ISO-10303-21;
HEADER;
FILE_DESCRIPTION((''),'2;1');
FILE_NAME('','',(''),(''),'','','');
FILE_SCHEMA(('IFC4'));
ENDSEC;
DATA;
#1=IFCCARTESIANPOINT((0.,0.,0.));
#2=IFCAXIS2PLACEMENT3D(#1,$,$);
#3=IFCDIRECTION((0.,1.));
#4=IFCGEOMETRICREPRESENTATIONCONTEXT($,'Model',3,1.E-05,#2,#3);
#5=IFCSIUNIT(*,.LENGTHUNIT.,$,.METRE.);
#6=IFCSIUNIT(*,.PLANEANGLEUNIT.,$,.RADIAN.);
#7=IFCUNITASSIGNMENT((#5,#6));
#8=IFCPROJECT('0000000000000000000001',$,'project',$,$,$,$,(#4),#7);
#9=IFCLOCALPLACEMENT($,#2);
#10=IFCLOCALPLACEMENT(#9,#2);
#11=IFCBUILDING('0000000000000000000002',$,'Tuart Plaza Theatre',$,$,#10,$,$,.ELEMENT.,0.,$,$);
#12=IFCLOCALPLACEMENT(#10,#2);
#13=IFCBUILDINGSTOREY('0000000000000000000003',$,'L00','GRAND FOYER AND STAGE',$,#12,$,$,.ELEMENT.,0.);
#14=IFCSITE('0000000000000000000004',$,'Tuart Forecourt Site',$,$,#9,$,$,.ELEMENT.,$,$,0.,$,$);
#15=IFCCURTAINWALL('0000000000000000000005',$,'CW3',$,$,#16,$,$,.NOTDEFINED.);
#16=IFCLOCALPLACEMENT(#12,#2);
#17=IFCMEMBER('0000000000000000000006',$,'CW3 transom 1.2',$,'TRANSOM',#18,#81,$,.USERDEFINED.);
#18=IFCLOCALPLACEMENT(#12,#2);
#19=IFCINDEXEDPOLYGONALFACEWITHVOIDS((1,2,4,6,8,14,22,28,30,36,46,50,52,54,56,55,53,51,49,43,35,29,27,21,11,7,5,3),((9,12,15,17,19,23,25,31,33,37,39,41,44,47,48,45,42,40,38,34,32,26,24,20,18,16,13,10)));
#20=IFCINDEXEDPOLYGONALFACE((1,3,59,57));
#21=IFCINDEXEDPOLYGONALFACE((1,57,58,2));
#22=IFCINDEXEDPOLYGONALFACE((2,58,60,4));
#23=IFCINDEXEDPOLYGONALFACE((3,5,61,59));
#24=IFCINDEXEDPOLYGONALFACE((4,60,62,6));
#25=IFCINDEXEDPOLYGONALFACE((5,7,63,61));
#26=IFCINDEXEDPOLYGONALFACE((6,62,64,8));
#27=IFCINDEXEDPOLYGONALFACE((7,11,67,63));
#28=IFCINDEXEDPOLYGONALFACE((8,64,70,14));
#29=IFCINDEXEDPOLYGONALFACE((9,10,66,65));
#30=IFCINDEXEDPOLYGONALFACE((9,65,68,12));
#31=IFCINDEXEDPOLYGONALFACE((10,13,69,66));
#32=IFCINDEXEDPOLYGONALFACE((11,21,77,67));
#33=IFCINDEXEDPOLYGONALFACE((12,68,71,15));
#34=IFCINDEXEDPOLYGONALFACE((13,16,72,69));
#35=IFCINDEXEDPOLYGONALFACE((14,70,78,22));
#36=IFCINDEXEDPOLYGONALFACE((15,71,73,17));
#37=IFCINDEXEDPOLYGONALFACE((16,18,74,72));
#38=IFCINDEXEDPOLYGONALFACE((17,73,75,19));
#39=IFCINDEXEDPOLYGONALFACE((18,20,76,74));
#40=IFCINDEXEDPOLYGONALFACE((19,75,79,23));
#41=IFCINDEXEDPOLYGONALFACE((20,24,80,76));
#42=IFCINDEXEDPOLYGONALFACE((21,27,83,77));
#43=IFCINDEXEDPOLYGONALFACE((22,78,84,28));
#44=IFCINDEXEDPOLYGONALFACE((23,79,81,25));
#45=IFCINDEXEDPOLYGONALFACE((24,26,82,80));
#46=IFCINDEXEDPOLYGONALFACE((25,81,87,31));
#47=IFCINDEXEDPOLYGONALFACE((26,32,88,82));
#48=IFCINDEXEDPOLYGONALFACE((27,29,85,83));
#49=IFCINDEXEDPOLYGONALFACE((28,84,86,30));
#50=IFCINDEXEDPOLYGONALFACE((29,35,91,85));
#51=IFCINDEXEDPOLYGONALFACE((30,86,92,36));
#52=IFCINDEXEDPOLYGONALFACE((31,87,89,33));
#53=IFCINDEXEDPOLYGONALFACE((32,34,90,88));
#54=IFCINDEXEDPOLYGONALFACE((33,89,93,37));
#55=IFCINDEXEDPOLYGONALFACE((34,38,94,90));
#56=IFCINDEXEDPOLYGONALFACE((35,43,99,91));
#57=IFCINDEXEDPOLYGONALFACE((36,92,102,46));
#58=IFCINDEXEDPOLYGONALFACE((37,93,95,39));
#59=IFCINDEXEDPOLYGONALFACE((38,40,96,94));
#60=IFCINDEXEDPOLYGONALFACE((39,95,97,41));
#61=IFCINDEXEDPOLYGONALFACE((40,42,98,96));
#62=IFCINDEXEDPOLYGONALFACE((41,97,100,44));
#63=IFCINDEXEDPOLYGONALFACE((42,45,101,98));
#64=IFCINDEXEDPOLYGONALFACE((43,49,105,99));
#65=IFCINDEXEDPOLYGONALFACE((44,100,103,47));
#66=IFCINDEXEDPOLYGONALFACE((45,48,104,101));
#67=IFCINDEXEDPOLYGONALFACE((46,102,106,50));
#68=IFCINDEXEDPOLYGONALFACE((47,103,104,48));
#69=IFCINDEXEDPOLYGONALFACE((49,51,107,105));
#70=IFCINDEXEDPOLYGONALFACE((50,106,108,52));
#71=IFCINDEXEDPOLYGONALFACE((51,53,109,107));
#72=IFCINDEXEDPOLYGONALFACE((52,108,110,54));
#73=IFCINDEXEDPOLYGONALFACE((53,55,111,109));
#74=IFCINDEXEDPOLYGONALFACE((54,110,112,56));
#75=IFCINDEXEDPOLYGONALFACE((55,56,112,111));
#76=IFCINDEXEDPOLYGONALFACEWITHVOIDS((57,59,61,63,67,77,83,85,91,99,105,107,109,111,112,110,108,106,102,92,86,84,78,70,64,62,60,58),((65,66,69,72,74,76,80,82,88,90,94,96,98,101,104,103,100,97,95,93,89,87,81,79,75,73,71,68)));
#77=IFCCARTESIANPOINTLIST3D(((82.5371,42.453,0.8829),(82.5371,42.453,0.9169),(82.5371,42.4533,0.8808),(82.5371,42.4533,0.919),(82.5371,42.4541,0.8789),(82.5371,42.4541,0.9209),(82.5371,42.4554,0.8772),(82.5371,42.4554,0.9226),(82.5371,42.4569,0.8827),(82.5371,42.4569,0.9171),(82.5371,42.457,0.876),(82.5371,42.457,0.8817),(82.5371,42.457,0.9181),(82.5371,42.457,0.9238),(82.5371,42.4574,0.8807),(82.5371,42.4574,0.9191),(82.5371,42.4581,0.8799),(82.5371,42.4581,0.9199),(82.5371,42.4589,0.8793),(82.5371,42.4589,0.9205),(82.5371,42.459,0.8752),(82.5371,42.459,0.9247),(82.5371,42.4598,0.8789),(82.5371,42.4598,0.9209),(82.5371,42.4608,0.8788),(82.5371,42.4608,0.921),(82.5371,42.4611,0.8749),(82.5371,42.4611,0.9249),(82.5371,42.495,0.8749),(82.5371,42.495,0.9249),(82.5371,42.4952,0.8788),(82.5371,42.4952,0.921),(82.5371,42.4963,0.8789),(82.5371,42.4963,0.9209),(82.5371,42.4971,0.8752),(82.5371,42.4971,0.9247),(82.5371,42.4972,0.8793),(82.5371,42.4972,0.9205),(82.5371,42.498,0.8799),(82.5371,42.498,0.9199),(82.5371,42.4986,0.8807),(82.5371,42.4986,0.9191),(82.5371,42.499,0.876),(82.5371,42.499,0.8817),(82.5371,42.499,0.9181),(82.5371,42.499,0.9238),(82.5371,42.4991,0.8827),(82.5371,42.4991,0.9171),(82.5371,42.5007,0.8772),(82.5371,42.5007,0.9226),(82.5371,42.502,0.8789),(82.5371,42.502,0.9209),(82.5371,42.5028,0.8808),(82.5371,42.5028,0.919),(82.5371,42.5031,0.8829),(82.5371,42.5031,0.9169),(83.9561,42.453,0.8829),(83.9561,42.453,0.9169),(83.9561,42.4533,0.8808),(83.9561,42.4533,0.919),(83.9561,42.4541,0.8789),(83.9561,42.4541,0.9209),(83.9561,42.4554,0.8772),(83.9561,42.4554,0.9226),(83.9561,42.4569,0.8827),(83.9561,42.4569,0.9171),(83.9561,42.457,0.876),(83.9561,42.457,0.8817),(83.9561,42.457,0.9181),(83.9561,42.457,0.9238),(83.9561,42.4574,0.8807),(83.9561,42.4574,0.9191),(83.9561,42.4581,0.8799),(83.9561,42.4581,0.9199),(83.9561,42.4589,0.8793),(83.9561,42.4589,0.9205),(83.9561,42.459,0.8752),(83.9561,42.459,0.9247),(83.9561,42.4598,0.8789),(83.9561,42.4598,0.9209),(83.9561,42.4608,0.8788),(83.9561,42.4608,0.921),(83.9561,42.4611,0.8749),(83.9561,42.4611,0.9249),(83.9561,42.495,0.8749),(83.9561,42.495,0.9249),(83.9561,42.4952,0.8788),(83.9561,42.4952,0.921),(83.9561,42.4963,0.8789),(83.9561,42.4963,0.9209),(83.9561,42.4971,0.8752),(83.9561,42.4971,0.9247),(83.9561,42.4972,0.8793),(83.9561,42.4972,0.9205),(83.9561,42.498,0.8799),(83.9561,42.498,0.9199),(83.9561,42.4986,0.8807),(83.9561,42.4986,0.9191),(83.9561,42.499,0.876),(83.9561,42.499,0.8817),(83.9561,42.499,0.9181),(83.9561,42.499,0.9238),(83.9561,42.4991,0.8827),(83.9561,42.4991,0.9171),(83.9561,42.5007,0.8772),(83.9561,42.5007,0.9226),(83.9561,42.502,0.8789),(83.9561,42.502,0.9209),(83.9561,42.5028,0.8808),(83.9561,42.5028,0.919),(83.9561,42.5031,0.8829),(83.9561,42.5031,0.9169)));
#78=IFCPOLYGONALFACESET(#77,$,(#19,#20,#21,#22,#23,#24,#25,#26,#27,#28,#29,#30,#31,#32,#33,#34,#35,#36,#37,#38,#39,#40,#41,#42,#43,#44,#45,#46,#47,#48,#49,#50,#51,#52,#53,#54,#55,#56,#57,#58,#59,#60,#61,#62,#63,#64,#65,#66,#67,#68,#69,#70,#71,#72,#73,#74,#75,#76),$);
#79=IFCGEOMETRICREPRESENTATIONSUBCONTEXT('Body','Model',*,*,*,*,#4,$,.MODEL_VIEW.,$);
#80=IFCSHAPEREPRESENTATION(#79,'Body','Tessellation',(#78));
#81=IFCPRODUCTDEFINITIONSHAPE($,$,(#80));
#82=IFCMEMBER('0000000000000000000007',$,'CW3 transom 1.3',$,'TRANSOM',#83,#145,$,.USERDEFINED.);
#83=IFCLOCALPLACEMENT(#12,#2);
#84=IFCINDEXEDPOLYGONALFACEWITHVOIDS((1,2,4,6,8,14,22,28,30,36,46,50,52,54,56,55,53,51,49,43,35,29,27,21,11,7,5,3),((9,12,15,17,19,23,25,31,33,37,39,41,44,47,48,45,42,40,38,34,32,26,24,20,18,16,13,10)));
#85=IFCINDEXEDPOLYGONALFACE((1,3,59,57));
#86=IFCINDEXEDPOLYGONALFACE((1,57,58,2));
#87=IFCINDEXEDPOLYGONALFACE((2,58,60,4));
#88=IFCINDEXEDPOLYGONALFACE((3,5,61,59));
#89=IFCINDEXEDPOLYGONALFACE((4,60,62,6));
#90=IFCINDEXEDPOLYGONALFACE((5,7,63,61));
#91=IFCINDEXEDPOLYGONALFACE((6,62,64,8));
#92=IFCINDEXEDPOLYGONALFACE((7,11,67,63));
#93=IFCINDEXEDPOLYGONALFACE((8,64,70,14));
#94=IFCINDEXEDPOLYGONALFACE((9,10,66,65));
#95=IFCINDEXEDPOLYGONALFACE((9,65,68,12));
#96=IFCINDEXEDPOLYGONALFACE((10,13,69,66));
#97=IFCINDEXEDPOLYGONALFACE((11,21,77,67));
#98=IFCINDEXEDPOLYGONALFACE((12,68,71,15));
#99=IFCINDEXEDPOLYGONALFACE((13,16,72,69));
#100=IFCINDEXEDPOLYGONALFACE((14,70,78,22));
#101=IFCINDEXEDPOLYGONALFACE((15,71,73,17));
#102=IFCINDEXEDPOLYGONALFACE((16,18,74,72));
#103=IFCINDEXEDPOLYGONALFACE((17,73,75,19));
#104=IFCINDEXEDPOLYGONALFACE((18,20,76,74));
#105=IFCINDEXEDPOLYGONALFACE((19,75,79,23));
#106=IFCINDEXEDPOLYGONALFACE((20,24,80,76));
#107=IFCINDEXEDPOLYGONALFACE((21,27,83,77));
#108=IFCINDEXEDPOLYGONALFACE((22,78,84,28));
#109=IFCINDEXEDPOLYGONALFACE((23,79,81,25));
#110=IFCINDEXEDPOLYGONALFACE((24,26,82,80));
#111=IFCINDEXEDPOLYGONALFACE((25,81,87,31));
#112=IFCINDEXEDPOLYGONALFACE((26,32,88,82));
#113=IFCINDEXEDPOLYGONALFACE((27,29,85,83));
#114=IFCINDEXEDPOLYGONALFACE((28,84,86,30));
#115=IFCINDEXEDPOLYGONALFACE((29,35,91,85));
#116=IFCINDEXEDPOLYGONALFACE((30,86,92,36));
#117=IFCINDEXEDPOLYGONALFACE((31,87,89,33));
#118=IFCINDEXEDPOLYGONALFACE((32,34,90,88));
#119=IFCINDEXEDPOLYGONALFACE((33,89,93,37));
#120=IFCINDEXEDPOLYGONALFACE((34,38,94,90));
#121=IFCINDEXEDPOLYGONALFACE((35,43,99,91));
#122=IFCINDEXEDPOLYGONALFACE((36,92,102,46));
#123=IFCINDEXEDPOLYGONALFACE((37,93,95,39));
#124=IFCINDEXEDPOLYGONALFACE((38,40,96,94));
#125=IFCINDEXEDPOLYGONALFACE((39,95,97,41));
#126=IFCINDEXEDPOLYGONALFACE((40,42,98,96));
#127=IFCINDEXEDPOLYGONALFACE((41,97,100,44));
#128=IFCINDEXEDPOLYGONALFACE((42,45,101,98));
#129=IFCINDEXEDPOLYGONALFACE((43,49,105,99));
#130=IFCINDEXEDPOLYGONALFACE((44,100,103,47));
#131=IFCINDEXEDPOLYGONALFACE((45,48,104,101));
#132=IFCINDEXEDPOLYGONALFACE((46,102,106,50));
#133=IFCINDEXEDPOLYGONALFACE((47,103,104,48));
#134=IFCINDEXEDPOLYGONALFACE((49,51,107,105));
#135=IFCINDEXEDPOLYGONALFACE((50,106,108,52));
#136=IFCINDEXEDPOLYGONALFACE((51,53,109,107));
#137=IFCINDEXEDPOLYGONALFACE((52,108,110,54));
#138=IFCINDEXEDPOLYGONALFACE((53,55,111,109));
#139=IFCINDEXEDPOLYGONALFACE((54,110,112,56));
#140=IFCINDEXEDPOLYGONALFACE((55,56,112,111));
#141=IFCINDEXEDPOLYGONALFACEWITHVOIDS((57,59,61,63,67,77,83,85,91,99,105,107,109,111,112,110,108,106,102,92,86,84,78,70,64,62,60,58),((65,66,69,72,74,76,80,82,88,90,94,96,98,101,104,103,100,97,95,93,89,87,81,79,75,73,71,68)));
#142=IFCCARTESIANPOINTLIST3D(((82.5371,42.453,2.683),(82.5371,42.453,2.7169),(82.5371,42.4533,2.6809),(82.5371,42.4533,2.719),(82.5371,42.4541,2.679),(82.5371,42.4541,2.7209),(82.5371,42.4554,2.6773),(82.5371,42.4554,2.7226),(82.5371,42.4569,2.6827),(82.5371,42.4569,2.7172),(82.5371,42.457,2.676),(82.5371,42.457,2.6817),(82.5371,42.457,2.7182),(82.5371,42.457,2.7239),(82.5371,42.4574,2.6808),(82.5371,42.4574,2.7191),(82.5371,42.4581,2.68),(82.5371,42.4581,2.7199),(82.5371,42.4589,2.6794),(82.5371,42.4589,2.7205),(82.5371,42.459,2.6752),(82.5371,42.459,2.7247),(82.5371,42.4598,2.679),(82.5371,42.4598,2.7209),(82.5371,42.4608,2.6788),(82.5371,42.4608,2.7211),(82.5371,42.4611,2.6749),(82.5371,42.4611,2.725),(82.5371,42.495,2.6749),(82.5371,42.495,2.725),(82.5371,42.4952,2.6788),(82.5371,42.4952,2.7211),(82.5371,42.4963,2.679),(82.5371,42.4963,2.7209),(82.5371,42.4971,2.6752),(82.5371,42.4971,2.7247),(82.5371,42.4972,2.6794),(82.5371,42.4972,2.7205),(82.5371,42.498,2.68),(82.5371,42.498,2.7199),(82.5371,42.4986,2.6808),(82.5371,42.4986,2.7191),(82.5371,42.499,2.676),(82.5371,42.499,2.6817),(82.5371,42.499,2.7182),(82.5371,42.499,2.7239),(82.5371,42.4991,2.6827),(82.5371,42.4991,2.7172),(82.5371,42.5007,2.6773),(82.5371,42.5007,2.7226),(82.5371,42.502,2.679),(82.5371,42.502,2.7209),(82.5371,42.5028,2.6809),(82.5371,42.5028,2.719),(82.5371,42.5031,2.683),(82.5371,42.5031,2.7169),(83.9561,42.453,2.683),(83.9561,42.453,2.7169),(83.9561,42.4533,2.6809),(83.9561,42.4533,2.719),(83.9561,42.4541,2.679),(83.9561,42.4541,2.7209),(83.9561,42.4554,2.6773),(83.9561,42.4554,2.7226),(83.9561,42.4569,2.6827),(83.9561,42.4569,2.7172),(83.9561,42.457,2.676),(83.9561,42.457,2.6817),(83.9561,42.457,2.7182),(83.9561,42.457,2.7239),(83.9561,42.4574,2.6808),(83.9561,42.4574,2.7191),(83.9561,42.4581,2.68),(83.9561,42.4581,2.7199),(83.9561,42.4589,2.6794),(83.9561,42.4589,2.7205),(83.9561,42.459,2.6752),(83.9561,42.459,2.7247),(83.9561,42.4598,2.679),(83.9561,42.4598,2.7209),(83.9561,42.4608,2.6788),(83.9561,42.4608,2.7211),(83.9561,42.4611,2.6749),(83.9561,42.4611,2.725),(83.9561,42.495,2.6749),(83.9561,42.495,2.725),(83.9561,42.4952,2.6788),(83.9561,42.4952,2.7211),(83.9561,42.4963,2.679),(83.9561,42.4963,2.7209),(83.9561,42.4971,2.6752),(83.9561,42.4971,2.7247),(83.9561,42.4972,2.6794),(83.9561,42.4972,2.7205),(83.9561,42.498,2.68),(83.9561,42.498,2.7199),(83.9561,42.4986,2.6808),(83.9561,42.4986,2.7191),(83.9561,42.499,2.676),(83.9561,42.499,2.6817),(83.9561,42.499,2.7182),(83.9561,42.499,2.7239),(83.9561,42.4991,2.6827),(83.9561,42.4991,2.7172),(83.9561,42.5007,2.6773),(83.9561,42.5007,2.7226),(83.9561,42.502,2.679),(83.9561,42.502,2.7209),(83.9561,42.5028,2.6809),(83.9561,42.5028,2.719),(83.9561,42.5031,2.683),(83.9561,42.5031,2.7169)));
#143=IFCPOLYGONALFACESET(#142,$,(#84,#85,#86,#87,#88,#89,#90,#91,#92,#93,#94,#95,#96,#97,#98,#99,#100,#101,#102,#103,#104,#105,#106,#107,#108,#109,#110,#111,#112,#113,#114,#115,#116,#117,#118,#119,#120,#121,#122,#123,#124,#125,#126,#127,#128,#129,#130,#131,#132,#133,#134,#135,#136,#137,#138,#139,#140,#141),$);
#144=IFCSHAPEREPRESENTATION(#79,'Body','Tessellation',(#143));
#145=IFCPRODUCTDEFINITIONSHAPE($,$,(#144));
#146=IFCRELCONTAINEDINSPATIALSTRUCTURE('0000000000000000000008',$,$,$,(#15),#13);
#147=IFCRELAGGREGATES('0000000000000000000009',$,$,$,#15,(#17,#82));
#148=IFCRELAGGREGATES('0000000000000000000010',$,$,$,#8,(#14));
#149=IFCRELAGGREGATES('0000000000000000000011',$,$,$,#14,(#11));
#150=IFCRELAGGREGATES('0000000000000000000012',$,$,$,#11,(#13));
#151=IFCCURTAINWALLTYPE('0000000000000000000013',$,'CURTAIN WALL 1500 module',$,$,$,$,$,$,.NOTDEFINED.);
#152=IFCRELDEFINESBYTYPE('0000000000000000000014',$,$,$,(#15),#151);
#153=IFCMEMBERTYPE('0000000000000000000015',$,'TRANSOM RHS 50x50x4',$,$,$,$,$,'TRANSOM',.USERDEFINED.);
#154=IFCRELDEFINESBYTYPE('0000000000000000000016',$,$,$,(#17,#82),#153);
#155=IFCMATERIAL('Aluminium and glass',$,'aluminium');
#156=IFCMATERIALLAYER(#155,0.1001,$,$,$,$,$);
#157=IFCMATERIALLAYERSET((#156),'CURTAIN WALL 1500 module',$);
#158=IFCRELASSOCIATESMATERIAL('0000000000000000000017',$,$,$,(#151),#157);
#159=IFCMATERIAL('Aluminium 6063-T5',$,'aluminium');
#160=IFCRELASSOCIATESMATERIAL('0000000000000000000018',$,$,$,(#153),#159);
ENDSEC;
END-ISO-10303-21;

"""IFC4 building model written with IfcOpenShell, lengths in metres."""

from ifc_helpers import new_model, si_unit, direction, frame, origin, origin_2d, place, context, subcontext, project, spatial, hollow_rectangle, extrude, material, layer, layer_set, material_profile, profile_set, type_object, element, aggregate, save


model = new_model("IFC4")

# Units and contexts
model_context = context("Model", 3, precision=1e-05, world=origin(), true_north=direction((0.0, 1.0)))
body_context = subcontext(model_context, "Body", "Model", "MODEL_VIEW")
ifc_project = project(units=[si_unit("LENGTHUNIT", "METRE"), si_unit("PLANEANGLEUNIT", "RADIAN")], contexts=[model_context])

# Site, building, storey
site_placement = place(None, origin())
site = spatial("IfcSite", under=ifc_project, at=site_placement, Name="Tuart Forecourt Site", CompositionType="ELEMENT", RefElevation=0.0)
building_placement = place(site_placement, origin())
building = spatial("IfcBuilding", under=site, at=building_placement, Name="Tuart Plaza Theatre", CompositionType="ELEMENT", ElevationOfRefHeight=0.0)
storey_placement = place(building_placement, origin())
storey = spatial("IfcBuildingStorey", under=building, at=storey_placement, Name="L00", Description="GRAND FOYER AND STAGE", CompositionType="ELEMENT", Elevation=0.0)

# Shared definitions
ifc_material_1 = material(Name="Aluminium and glass", Category="aluminium")
ifc_layer_1 = layer(ifc_material_1, 0.1001)
ifc_layer_set_1 = layer_set([ifc_layer_1], Name="CURTAIN WALL 1500 module")
curtain_wall_type = type_object("IfcCurtainWallType", Name="CURTAIN WALL 1500 module", PredefinedType="NOTDEFINED", material=ifc_layer_set_1)

# Curtain wall, members
curtain_wall_1_placement = place(storey_placement, origin())
curtain_wall_1 = element("IfcCurtainWall", 1, at=curtain_wall_1_placement, inside=storey, type_object=curtain_wall_type, Name="CW3", PredefinedType="NOTDEFINED")
ifc_material_2 = material(Name="Aluminium 6063-T5", Category="aluminium")
ifc_material_profile_1 = material_profile(ifc_material_2, hollow_rectangle(XDim=0.05, YDim=0.05, WallThickness=0.0039, InnerFilletRadius=0.0039, OuterFilletRadius=0.0081, at=origin_2d()), Name="RHS 50x50x4")
ifc_profile_set_1 = profile_set([ifc_material_profile_1], Name="Aluminium 6063-T5")
member_type_1 = type_object("IfcMemberType", Name="TRANSOM RHS 50x50x4", ElementType="TRANSOM", PredefinedType="USERDEFINED", material=ifc_profile_set_1)
member_1_placement = place(storey_placement, frame((82.5371, 42.478, 0.8999), z_axis=(1.0, 0.0, 0.0), x_axis=(0.0, 1.0, 0.0)))
member_1 = element("IfcMember", 2, at=member_1_placement, type_object=member_type_1, Name="CW3 transom 1.2", ObjectType="TRANSOM", PredefinedType="USERDEFINED", context=body_context, shape_type="SweptSolid", body=[
    extrude(hollow_rectangle(XDim=0.05, YDim=0.05, WallThickness=0.0039, InnerFilletRadius=0.0039, OuterFilletRadius=0.0081, at=origin_2d()), origin(), (0.0, 0.0, 1.0), 1.4189),
])
member_2_placement = place(storey_placement, frame((82.5371, 42.478, 2.7), z_axis=(1.0, 0.0, 0.0), x_axis=(0.0, 1.0, 0.0)))
member_2 = element("IfcMember", 3, at=member_2_placement, type_object=member_type_1, Name="CW3 transom 1.3", ObjectType="TRANSOM", PredefinedType="USERDEFINED", context=body_context, shape_type="SweptSolid", body=[
    extrude(hollow_rectangle(XDim=0.05, YDim=0.05, WallThickness=0.0039, InnerFilletRadius=0.0039, OuterFilletRadius=0.0081, at=origin_2d()), origin(), (0.0, 0.0, 1.0), 1.4189),
])
aggregate(curtain_wall_1, [member_1, member_2])

save(model, "model.ifc")
